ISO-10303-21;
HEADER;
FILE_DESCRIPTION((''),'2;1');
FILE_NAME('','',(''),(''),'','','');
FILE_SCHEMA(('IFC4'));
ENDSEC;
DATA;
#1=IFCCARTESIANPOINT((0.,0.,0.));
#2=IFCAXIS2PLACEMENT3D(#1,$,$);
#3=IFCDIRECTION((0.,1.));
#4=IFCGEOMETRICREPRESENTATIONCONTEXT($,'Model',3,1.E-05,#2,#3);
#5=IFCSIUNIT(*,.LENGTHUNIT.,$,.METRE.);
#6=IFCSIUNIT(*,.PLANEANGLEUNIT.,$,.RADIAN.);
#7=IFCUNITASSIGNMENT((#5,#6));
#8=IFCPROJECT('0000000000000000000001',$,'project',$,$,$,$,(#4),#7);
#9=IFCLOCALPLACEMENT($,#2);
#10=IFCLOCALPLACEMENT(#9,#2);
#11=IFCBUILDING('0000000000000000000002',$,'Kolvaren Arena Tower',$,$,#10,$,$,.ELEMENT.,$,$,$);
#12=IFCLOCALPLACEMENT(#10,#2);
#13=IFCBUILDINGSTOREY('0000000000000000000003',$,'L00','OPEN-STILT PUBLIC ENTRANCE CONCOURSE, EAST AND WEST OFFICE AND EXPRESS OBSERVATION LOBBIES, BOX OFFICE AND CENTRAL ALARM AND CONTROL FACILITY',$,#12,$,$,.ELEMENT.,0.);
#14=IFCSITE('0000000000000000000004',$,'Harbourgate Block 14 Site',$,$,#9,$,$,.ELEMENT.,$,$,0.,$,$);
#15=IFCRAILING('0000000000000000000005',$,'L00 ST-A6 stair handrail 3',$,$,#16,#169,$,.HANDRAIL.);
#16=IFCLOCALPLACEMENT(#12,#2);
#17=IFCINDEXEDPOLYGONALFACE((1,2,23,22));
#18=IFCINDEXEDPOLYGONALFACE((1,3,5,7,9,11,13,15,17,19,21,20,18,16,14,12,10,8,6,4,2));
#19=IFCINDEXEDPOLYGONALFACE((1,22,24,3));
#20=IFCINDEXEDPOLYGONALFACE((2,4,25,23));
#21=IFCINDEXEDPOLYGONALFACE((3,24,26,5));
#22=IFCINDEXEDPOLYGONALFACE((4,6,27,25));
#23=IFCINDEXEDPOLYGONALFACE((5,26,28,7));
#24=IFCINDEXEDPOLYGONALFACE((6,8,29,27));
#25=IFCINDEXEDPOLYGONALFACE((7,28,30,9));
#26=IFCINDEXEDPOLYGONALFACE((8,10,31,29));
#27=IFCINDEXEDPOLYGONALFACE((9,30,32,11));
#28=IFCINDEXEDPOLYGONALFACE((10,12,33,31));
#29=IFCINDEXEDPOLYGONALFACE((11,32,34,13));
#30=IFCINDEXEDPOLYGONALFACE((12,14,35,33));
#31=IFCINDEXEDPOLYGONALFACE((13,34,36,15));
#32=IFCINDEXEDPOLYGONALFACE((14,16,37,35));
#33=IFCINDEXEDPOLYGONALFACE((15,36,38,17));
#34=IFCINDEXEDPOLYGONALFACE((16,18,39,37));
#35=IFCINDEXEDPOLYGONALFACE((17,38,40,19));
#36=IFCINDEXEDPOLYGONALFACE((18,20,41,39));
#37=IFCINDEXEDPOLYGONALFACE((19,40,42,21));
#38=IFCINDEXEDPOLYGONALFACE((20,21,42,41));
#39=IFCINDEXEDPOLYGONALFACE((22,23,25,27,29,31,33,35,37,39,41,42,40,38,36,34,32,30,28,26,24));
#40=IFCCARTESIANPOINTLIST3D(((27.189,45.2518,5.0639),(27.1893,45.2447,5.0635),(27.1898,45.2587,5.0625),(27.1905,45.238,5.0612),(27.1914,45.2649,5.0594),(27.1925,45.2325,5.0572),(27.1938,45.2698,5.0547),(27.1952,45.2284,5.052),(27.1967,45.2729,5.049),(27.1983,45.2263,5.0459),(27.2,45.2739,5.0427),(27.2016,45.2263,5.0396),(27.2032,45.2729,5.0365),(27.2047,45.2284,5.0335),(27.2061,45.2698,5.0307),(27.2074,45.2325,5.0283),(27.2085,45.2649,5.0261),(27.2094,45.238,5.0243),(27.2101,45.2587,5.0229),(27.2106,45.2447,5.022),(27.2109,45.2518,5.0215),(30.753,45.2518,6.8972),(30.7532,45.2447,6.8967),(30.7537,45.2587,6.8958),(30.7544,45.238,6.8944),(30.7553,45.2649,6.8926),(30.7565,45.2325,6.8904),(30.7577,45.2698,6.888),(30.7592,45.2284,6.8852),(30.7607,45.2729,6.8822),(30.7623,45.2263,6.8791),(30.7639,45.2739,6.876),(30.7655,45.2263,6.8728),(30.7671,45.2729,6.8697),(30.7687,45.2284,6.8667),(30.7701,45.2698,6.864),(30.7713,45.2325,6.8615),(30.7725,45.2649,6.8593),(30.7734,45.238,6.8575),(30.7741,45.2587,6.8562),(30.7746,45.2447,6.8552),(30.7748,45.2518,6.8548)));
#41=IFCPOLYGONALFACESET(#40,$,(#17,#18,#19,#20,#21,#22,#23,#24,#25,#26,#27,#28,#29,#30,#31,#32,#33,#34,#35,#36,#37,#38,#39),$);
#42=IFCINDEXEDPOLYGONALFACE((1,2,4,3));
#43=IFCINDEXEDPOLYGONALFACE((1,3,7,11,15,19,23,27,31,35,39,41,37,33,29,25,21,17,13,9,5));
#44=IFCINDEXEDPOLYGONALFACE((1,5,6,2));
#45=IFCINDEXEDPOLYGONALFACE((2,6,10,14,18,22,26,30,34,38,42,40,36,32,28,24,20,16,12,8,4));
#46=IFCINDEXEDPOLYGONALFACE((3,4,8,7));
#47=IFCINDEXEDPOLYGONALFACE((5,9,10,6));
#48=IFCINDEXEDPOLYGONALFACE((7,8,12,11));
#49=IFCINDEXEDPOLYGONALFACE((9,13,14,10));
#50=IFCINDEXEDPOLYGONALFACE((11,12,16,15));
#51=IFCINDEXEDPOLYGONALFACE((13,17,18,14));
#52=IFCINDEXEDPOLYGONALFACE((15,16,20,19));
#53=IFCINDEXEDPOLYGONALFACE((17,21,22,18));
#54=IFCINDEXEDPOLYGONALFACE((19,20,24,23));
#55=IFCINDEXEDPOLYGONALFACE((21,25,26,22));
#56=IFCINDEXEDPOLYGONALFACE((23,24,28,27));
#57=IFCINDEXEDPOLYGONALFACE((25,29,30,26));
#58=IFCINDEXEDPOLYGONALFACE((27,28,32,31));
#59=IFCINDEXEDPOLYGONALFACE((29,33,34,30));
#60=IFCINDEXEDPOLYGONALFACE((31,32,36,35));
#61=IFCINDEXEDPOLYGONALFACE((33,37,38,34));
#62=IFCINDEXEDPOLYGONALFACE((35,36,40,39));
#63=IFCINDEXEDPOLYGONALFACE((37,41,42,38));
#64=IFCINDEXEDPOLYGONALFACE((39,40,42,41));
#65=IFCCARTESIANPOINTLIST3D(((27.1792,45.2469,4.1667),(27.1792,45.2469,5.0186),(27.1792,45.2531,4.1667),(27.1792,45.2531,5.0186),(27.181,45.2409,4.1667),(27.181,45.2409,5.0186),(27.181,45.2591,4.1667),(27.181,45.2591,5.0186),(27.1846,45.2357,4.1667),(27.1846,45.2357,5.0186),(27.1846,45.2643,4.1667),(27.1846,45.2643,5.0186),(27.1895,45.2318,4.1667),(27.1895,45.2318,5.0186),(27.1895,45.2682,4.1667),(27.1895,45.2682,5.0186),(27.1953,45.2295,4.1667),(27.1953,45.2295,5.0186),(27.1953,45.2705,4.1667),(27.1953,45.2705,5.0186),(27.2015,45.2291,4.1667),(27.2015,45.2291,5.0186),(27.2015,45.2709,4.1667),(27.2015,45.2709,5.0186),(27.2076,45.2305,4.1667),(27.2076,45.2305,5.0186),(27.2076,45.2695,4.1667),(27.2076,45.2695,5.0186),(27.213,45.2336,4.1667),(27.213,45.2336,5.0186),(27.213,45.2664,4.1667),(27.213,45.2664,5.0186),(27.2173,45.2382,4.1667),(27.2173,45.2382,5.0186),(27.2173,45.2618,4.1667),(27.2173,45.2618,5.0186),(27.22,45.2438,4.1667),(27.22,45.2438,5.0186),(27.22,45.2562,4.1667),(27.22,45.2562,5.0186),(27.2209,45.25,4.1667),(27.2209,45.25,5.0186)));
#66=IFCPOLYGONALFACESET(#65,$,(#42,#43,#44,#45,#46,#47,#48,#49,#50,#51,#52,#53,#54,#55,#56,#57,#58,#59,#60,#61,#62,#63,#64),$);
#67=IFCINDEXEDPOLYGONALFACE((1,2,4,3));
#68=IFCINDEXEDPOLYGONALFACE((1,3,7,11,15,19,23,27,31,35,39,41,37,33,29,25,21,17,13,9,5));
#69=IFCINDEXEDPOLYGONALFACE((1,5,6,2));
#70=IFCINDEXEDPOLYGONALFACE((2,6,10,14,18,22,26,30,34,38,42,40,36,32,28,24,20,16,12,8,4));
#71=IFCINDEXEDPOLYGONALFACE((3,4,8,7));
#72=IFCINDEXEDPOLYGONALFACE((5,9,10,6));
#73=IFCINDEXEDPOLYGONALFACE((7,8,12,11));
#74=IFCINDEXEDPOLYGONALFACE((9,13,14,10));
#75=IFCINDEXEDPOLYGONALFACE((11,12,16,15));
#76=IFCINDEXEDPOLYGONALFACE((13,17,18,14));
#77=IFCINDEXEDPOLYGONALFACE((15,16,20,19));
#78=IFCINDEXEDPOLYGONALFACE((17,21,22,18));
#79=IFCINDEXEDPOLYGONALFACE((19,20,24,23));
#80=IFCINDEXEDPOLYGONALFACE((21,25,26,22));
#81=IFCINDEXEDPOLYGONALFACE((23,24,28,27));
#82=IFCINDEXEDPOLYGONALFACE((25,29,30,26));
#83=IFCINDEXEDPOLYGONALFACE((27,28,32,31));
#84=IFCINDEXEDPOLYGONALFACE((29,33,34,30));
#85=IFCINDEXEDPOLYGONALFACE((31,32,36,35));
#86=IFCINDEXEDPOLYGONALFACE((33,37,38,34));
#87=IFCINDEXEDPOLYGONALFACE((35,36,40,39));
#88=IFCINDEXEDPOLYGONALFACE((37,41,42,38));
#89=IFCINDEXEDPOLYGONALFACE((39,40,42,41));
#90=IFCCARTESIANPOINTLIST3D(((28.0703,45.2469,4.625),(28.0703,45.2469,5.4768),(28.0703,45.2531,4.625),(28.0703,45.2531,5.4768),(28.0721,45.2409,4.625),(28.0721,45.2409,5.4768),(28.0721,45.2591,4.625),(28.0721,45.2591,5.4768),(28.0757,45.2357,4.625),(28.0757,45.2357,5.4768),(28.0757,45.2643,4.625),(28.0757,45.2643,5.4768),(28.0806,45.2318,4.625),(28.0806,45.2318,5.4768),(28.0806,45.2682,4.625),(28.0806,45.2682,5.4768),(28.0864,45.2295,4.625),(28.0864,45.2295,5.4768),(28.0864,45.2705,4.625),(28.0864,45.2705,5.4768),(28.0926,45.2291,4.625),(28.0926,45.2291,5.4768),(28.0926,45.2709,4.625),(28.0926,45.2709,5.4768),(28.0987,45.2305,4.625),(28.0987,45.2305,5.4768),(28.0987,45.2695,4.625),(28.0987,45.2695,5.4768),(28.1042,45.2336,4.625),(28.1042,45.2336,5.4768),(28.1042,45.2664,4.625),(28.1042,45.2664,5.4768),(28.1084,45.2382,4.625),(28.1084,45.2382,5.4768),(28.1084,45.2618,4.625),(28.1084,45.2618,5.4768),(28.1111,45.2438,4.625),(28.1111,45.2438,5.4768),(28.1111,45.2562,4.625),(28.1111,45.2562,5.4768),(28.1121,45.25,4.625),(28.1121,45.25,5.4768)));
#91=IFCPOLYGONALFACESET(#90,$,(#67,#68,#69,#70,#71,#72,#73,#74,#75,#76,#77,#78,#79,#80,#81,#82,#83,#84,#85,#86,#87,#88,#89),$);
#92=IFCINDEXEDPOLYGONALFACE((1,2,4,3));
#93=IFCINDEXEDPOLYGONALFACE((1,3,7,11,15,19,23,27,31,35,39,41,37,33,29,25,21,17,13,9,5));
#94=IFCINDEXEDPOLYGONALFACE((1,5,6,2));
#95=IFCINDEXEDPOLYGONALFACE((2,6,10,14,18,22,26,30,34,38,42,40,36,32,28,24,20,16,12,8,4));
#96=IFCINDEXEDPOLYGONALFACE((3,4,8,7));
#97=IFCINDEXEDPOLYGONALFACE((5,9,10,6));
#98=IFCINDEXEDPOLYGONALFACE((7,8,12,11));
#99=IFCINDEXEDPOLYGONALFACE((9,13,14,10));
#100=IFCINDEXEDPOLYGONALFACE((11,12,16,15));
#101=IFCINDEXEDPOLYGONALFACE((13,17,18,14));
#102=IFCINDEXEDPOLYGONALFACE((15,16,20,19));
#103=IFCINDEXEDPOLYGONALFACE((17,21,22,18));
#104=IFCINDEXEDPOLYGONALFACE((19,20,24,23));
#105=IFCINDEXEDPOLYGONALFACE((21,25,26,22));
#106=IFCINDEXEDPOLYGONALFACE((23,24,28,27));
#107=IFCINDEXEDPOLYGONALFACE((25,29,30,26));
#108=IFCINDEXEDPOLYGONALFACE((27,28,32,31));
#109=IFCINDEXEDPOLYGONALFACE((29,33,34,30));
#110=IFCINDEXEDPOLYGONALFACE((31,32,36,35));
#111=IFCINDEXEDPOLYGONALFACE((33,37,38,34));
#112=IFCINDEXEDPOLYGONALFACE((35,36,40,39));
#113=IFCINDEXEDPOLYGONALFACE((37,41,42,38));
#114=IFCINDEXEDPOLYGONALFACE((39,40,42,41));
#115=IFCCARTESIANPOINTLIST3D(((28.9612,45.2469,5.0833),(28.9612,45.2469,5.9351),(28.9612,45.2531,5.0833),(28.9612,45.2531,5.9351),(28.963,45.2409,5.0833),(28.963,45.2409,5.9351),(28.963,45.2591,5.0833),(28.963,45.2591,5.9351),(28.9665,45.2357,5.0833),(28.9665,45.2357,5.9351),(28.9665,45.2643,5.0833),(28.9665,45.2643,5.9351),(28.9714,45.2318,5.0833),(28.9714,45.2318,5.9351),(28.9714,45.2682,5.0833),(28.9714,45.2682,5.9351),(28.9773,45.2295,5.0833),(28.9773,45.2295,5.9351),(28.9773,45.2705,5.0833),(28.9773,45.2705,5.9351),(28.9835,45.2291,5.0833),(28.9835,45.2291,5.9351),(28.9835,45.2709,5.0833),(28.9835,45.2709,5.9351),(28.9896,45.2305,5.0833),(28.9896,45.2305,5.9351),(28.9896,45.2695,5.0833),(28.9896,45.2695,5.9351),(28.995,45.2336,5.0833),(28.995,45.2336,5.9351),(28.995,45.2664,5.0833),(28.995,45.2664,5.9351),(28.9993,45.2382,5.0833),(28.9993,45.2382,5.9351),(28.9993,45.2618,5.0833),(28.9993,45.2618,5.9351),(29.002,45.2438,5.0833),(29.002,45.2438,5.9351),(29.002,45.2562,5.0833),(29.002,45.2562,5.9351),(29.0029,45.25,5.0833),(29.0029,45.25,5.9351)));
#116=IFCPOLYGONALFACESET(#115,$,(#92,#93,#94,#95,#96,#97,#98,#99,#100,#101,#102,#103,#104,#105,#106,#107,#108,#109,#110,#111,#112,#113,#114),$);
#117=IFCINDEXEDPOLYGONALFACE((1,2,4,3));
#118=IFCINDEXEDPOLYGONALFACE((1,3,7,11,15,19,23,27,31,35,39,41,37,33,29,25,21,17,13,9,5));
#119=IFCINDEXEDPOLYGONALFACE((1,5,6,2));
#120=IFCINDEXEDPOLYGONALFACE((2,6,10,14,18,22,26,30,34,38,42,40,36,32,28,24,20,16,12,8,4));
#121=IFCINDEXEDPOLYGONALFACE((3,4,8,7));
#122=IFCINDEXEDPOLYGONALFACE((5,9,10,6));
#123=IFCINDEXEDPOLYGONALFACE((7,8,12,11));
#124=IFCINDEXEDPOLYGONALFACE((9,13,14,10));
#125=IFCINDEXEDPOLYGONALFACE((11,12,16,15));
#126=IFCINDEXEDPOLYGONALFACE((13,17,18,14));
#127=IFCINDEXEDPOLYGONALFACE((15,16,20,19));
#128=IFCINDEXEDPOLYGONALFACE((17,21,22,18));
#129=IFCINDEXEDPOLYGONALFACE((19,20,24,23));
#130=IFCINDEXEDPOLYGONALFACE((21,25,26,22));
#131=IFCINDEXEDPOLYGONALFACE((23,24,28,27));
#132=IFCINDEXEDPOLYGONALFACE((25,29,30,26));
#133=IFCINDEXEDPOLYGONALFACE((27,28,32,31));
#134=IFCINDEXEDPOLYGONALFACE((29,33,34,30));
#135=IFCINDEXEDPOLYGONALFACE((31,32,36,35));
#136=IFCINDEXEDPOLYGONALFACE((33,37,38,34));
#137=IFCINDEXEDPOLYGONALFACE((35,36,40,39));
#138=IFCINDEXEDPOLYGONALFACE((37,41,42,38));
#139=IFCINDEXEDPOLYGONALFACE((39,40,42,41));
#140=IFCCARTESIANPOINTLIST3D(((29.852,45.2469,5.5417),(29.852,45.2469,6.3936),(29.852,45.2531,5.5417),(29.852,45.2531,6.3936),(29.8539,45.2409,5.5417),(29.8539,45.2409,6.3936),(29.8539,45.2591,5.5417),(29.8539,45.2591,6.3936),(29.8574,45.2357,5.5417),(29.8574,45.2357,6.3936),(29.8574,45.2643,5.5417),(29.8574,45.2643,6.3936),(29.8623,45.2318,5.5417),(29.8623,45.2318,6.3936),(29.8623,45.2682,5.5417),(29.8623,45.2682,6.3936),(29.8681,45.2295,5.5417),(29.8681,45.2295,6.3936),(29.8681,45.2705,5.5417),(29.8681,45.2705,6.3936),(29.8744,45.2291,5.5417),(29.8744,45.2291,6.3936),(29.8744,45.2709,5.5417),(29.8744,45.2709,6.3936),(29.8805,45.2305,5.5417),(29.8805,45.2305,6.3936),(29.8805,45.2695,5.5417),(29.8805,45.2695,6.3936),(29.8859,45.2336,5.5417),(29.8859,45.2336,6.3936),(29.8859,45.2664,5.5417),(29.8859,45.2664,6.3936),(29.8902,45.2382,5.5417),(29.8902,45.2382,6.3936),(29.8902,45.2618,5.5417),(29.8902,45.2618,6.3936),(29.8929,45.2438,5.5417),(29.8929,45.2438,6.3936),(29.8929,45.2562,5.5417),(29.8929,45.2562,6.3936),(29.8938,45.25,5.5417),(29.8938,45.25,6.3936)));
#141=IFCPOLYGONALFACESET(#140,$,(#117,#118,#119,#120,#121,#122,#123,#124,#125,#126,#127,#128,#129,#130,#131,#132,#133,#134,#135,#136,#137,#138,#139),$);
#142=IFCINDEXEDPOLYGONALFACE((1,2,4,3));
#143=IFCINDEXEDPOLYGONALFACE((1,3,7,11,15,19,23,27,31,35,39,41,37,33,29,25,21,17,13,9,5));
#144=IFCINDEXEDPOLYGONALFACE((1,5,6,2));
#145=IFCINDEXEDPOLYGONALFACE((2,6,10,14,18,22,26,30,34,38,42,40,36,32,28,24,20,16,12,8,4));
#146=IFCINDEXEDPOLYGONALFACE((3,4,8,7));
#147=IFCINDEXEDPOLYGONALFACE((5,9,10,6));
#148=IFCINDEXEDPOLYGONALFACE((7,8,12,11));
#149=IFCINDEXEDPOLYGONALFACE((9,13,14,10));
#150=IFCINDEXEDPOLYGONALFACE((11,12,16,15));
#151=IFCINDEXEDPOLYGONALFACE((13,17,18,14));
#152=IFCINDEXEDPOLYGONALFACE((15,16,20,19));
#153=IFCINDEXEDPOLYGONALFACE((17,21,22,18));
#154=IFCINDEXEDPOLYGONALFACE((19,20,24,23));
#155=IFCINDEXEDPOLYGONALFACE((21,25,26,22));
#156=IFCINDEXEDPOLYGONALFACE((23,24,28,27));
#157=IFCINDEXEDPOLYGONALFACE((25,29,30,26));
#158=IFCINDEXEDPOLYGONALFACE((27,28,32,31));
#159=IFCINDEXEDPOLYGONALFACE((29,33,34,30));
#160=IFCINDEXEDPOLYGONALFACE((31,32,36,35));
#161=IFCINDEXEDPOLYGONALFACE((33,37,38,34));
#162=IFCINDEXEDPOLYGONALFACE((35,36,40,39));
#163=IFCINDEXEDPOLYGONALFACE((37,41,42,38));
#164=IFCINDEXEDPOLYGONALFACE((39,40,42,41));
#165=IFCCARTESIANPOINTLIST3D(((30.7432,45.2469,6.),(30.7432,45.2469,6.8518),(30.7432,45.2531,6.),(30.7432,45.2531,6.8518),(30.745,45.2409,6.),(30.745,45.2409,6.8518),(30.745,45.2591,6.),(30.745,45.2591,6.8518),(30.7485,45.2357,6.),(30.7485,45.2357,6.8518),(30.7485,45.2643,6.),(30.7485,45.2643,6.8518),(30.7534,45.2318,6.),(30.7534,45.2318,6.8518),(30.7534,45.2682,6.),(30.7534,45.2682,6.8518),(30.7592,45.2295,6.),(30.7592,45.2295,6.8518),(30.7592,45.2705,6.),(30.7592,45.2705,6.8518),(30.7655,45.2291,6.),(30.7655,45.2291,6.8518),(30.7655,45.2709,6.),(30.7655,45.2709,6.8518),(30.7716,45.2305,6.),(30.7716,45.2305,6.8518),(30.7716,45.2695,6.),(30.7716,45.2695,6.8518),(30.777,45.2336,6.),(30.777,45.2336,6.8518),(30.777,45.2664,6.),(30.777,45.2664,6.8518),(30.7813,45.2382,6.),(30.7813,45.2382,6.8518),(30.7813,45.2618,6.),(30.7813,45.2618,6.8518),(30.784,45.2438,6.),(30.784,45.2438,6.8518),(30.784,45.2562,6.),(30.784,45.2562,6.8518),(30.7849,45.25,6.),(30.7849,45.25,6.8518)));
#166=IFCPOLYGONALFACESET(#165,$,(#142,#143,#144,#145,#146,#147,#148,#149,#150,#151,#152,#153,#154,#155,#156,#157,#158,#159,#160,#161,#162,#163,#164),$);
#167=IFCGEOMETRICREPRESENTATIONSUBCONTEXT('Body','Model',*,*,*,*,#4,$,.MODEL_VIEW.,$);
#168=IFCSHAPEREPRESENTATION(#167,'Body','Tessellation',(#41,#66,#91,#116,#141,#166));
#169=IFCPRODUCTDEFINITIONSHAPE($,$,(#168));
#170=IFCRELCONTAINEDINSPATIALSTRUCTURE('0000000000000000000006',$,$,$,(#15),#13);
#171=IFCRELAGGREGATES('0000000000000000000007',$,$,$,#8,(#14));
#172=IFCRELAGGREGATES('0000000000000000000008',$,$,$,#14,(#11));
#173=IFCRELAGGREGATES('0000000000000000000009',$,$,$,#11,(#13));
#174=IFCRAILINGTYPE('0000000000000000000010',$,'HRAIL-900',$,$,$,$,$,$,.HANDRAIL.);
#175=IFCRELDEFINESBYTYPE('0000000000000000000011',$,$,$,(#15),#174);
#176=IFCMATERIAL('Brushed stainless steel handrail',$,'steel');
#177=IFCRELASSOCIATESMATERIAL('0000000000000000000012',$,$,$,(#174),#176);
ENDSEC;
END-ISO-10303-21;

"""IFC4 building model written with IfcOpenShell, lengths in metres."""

from ifc_helpers import new_model, si_unit, direction, frame, origin, origin_2d, place, context, subcontext, project, spatial, circle, extrude, material, type_object, element, save


model = new_model("IFC4")

# Units and contexts
model_context = context("Model", 3, precision=1e-05, world=origin(), true_north=direction((0.0, 1.0)))
body_context = subcontext(model_context, "Body", "Model", "MODEL_VIEW")
ifc_project = project(units=[si_unit("LENGTHUNIT", "METRE"), si_unit("PLANEANGLEUNIT", "RADIAN")], contexts=[model_context])

# Site, building, storey
site_placement = place(None, origin())
site = spatial("IfcSite", under=ifc_project, at=site_placement, Name="Harbourgate Block 14 Site", CompositionType="ELEMENT", RefElevation=0.0)
building_placement = place(site_placement, origin())
building = spatial("IfcBuilding", under=site, at=building_placement, Name="Kolvaren Arena Tower", CompositionType="ELEMENT")
storey_placement = place(building_placement, origin())
storey = spatial("IfcBuildingStorey", under=building, at=storey_placement, Name="L00", Description="OPEN-STILT PUBLIC ENTRANCE CONCOURSE, EAST AND WEST OFFICE AND EXPRESS OBSERVATION LOBBIES, BOX OFFICE AND CENTRAL ALARM AND CONTROL FACILITY", CompositionType="ELEMENT", Elevation=0.0)

# Railing
ifc_material_1 = material(Name="Brushed stainless steel handrail", Category="steel")
railing_type_1 = type_object("IfcRailingType", Name="HRAIL-900", PredefinedType="HANDRAIL", material=ifc_material_1)
railing_1_placement = place(storey_placement, frame((27.2, 45.25, 4.1667)))
element("IfcRailing", 1, at=railing_1_placement, inside=storey, type_object=railing_type_1, Name="L00 ST-A6 stair handrail 3", PredefinedType="HANDRAIL", context=body_context, shape_type="SweptSolid", body=[
    extrude(circle(Radius=0.0239, at=origin_2d()), frame((0.0, 0.0, 0.876), z_axis=(0.889252, 0.0, 0.457418), x_axis=(0.0, 1.0, 0.0)), (0.0, 0.0, 1.0), 4.0078),
    extrude(circle(Radius=0.021, at=origin_2d()), origin(), (0.0, 0.0, 1.0), 0.8518),
    extrude(circle(Radius=0.021, at=origin_2d()), frame((0.8911, 0.0, 0.4583)), (0.0, 0.0, 1.0), 0.8518),
    extrude(circle(Radius=0.021, at=origin_2d()), frame((1.782, 0.0, 0.9165)), (0.0, 0.0, 1.0), 0.8518),
    extrude(circle(Radius=0.021, at=origin_2d()), frame((2.6729, 0.0, 1.375)), (0.0, 0.0, 1.0), 0.8518),
    extrude(circle(Radius=0.021, at=origin_2d()), frame((3.564, 0.0, 1.8333)), (0.0, 0.0, 1.0), 0.8518),
])

save(model, "model.ifc")
